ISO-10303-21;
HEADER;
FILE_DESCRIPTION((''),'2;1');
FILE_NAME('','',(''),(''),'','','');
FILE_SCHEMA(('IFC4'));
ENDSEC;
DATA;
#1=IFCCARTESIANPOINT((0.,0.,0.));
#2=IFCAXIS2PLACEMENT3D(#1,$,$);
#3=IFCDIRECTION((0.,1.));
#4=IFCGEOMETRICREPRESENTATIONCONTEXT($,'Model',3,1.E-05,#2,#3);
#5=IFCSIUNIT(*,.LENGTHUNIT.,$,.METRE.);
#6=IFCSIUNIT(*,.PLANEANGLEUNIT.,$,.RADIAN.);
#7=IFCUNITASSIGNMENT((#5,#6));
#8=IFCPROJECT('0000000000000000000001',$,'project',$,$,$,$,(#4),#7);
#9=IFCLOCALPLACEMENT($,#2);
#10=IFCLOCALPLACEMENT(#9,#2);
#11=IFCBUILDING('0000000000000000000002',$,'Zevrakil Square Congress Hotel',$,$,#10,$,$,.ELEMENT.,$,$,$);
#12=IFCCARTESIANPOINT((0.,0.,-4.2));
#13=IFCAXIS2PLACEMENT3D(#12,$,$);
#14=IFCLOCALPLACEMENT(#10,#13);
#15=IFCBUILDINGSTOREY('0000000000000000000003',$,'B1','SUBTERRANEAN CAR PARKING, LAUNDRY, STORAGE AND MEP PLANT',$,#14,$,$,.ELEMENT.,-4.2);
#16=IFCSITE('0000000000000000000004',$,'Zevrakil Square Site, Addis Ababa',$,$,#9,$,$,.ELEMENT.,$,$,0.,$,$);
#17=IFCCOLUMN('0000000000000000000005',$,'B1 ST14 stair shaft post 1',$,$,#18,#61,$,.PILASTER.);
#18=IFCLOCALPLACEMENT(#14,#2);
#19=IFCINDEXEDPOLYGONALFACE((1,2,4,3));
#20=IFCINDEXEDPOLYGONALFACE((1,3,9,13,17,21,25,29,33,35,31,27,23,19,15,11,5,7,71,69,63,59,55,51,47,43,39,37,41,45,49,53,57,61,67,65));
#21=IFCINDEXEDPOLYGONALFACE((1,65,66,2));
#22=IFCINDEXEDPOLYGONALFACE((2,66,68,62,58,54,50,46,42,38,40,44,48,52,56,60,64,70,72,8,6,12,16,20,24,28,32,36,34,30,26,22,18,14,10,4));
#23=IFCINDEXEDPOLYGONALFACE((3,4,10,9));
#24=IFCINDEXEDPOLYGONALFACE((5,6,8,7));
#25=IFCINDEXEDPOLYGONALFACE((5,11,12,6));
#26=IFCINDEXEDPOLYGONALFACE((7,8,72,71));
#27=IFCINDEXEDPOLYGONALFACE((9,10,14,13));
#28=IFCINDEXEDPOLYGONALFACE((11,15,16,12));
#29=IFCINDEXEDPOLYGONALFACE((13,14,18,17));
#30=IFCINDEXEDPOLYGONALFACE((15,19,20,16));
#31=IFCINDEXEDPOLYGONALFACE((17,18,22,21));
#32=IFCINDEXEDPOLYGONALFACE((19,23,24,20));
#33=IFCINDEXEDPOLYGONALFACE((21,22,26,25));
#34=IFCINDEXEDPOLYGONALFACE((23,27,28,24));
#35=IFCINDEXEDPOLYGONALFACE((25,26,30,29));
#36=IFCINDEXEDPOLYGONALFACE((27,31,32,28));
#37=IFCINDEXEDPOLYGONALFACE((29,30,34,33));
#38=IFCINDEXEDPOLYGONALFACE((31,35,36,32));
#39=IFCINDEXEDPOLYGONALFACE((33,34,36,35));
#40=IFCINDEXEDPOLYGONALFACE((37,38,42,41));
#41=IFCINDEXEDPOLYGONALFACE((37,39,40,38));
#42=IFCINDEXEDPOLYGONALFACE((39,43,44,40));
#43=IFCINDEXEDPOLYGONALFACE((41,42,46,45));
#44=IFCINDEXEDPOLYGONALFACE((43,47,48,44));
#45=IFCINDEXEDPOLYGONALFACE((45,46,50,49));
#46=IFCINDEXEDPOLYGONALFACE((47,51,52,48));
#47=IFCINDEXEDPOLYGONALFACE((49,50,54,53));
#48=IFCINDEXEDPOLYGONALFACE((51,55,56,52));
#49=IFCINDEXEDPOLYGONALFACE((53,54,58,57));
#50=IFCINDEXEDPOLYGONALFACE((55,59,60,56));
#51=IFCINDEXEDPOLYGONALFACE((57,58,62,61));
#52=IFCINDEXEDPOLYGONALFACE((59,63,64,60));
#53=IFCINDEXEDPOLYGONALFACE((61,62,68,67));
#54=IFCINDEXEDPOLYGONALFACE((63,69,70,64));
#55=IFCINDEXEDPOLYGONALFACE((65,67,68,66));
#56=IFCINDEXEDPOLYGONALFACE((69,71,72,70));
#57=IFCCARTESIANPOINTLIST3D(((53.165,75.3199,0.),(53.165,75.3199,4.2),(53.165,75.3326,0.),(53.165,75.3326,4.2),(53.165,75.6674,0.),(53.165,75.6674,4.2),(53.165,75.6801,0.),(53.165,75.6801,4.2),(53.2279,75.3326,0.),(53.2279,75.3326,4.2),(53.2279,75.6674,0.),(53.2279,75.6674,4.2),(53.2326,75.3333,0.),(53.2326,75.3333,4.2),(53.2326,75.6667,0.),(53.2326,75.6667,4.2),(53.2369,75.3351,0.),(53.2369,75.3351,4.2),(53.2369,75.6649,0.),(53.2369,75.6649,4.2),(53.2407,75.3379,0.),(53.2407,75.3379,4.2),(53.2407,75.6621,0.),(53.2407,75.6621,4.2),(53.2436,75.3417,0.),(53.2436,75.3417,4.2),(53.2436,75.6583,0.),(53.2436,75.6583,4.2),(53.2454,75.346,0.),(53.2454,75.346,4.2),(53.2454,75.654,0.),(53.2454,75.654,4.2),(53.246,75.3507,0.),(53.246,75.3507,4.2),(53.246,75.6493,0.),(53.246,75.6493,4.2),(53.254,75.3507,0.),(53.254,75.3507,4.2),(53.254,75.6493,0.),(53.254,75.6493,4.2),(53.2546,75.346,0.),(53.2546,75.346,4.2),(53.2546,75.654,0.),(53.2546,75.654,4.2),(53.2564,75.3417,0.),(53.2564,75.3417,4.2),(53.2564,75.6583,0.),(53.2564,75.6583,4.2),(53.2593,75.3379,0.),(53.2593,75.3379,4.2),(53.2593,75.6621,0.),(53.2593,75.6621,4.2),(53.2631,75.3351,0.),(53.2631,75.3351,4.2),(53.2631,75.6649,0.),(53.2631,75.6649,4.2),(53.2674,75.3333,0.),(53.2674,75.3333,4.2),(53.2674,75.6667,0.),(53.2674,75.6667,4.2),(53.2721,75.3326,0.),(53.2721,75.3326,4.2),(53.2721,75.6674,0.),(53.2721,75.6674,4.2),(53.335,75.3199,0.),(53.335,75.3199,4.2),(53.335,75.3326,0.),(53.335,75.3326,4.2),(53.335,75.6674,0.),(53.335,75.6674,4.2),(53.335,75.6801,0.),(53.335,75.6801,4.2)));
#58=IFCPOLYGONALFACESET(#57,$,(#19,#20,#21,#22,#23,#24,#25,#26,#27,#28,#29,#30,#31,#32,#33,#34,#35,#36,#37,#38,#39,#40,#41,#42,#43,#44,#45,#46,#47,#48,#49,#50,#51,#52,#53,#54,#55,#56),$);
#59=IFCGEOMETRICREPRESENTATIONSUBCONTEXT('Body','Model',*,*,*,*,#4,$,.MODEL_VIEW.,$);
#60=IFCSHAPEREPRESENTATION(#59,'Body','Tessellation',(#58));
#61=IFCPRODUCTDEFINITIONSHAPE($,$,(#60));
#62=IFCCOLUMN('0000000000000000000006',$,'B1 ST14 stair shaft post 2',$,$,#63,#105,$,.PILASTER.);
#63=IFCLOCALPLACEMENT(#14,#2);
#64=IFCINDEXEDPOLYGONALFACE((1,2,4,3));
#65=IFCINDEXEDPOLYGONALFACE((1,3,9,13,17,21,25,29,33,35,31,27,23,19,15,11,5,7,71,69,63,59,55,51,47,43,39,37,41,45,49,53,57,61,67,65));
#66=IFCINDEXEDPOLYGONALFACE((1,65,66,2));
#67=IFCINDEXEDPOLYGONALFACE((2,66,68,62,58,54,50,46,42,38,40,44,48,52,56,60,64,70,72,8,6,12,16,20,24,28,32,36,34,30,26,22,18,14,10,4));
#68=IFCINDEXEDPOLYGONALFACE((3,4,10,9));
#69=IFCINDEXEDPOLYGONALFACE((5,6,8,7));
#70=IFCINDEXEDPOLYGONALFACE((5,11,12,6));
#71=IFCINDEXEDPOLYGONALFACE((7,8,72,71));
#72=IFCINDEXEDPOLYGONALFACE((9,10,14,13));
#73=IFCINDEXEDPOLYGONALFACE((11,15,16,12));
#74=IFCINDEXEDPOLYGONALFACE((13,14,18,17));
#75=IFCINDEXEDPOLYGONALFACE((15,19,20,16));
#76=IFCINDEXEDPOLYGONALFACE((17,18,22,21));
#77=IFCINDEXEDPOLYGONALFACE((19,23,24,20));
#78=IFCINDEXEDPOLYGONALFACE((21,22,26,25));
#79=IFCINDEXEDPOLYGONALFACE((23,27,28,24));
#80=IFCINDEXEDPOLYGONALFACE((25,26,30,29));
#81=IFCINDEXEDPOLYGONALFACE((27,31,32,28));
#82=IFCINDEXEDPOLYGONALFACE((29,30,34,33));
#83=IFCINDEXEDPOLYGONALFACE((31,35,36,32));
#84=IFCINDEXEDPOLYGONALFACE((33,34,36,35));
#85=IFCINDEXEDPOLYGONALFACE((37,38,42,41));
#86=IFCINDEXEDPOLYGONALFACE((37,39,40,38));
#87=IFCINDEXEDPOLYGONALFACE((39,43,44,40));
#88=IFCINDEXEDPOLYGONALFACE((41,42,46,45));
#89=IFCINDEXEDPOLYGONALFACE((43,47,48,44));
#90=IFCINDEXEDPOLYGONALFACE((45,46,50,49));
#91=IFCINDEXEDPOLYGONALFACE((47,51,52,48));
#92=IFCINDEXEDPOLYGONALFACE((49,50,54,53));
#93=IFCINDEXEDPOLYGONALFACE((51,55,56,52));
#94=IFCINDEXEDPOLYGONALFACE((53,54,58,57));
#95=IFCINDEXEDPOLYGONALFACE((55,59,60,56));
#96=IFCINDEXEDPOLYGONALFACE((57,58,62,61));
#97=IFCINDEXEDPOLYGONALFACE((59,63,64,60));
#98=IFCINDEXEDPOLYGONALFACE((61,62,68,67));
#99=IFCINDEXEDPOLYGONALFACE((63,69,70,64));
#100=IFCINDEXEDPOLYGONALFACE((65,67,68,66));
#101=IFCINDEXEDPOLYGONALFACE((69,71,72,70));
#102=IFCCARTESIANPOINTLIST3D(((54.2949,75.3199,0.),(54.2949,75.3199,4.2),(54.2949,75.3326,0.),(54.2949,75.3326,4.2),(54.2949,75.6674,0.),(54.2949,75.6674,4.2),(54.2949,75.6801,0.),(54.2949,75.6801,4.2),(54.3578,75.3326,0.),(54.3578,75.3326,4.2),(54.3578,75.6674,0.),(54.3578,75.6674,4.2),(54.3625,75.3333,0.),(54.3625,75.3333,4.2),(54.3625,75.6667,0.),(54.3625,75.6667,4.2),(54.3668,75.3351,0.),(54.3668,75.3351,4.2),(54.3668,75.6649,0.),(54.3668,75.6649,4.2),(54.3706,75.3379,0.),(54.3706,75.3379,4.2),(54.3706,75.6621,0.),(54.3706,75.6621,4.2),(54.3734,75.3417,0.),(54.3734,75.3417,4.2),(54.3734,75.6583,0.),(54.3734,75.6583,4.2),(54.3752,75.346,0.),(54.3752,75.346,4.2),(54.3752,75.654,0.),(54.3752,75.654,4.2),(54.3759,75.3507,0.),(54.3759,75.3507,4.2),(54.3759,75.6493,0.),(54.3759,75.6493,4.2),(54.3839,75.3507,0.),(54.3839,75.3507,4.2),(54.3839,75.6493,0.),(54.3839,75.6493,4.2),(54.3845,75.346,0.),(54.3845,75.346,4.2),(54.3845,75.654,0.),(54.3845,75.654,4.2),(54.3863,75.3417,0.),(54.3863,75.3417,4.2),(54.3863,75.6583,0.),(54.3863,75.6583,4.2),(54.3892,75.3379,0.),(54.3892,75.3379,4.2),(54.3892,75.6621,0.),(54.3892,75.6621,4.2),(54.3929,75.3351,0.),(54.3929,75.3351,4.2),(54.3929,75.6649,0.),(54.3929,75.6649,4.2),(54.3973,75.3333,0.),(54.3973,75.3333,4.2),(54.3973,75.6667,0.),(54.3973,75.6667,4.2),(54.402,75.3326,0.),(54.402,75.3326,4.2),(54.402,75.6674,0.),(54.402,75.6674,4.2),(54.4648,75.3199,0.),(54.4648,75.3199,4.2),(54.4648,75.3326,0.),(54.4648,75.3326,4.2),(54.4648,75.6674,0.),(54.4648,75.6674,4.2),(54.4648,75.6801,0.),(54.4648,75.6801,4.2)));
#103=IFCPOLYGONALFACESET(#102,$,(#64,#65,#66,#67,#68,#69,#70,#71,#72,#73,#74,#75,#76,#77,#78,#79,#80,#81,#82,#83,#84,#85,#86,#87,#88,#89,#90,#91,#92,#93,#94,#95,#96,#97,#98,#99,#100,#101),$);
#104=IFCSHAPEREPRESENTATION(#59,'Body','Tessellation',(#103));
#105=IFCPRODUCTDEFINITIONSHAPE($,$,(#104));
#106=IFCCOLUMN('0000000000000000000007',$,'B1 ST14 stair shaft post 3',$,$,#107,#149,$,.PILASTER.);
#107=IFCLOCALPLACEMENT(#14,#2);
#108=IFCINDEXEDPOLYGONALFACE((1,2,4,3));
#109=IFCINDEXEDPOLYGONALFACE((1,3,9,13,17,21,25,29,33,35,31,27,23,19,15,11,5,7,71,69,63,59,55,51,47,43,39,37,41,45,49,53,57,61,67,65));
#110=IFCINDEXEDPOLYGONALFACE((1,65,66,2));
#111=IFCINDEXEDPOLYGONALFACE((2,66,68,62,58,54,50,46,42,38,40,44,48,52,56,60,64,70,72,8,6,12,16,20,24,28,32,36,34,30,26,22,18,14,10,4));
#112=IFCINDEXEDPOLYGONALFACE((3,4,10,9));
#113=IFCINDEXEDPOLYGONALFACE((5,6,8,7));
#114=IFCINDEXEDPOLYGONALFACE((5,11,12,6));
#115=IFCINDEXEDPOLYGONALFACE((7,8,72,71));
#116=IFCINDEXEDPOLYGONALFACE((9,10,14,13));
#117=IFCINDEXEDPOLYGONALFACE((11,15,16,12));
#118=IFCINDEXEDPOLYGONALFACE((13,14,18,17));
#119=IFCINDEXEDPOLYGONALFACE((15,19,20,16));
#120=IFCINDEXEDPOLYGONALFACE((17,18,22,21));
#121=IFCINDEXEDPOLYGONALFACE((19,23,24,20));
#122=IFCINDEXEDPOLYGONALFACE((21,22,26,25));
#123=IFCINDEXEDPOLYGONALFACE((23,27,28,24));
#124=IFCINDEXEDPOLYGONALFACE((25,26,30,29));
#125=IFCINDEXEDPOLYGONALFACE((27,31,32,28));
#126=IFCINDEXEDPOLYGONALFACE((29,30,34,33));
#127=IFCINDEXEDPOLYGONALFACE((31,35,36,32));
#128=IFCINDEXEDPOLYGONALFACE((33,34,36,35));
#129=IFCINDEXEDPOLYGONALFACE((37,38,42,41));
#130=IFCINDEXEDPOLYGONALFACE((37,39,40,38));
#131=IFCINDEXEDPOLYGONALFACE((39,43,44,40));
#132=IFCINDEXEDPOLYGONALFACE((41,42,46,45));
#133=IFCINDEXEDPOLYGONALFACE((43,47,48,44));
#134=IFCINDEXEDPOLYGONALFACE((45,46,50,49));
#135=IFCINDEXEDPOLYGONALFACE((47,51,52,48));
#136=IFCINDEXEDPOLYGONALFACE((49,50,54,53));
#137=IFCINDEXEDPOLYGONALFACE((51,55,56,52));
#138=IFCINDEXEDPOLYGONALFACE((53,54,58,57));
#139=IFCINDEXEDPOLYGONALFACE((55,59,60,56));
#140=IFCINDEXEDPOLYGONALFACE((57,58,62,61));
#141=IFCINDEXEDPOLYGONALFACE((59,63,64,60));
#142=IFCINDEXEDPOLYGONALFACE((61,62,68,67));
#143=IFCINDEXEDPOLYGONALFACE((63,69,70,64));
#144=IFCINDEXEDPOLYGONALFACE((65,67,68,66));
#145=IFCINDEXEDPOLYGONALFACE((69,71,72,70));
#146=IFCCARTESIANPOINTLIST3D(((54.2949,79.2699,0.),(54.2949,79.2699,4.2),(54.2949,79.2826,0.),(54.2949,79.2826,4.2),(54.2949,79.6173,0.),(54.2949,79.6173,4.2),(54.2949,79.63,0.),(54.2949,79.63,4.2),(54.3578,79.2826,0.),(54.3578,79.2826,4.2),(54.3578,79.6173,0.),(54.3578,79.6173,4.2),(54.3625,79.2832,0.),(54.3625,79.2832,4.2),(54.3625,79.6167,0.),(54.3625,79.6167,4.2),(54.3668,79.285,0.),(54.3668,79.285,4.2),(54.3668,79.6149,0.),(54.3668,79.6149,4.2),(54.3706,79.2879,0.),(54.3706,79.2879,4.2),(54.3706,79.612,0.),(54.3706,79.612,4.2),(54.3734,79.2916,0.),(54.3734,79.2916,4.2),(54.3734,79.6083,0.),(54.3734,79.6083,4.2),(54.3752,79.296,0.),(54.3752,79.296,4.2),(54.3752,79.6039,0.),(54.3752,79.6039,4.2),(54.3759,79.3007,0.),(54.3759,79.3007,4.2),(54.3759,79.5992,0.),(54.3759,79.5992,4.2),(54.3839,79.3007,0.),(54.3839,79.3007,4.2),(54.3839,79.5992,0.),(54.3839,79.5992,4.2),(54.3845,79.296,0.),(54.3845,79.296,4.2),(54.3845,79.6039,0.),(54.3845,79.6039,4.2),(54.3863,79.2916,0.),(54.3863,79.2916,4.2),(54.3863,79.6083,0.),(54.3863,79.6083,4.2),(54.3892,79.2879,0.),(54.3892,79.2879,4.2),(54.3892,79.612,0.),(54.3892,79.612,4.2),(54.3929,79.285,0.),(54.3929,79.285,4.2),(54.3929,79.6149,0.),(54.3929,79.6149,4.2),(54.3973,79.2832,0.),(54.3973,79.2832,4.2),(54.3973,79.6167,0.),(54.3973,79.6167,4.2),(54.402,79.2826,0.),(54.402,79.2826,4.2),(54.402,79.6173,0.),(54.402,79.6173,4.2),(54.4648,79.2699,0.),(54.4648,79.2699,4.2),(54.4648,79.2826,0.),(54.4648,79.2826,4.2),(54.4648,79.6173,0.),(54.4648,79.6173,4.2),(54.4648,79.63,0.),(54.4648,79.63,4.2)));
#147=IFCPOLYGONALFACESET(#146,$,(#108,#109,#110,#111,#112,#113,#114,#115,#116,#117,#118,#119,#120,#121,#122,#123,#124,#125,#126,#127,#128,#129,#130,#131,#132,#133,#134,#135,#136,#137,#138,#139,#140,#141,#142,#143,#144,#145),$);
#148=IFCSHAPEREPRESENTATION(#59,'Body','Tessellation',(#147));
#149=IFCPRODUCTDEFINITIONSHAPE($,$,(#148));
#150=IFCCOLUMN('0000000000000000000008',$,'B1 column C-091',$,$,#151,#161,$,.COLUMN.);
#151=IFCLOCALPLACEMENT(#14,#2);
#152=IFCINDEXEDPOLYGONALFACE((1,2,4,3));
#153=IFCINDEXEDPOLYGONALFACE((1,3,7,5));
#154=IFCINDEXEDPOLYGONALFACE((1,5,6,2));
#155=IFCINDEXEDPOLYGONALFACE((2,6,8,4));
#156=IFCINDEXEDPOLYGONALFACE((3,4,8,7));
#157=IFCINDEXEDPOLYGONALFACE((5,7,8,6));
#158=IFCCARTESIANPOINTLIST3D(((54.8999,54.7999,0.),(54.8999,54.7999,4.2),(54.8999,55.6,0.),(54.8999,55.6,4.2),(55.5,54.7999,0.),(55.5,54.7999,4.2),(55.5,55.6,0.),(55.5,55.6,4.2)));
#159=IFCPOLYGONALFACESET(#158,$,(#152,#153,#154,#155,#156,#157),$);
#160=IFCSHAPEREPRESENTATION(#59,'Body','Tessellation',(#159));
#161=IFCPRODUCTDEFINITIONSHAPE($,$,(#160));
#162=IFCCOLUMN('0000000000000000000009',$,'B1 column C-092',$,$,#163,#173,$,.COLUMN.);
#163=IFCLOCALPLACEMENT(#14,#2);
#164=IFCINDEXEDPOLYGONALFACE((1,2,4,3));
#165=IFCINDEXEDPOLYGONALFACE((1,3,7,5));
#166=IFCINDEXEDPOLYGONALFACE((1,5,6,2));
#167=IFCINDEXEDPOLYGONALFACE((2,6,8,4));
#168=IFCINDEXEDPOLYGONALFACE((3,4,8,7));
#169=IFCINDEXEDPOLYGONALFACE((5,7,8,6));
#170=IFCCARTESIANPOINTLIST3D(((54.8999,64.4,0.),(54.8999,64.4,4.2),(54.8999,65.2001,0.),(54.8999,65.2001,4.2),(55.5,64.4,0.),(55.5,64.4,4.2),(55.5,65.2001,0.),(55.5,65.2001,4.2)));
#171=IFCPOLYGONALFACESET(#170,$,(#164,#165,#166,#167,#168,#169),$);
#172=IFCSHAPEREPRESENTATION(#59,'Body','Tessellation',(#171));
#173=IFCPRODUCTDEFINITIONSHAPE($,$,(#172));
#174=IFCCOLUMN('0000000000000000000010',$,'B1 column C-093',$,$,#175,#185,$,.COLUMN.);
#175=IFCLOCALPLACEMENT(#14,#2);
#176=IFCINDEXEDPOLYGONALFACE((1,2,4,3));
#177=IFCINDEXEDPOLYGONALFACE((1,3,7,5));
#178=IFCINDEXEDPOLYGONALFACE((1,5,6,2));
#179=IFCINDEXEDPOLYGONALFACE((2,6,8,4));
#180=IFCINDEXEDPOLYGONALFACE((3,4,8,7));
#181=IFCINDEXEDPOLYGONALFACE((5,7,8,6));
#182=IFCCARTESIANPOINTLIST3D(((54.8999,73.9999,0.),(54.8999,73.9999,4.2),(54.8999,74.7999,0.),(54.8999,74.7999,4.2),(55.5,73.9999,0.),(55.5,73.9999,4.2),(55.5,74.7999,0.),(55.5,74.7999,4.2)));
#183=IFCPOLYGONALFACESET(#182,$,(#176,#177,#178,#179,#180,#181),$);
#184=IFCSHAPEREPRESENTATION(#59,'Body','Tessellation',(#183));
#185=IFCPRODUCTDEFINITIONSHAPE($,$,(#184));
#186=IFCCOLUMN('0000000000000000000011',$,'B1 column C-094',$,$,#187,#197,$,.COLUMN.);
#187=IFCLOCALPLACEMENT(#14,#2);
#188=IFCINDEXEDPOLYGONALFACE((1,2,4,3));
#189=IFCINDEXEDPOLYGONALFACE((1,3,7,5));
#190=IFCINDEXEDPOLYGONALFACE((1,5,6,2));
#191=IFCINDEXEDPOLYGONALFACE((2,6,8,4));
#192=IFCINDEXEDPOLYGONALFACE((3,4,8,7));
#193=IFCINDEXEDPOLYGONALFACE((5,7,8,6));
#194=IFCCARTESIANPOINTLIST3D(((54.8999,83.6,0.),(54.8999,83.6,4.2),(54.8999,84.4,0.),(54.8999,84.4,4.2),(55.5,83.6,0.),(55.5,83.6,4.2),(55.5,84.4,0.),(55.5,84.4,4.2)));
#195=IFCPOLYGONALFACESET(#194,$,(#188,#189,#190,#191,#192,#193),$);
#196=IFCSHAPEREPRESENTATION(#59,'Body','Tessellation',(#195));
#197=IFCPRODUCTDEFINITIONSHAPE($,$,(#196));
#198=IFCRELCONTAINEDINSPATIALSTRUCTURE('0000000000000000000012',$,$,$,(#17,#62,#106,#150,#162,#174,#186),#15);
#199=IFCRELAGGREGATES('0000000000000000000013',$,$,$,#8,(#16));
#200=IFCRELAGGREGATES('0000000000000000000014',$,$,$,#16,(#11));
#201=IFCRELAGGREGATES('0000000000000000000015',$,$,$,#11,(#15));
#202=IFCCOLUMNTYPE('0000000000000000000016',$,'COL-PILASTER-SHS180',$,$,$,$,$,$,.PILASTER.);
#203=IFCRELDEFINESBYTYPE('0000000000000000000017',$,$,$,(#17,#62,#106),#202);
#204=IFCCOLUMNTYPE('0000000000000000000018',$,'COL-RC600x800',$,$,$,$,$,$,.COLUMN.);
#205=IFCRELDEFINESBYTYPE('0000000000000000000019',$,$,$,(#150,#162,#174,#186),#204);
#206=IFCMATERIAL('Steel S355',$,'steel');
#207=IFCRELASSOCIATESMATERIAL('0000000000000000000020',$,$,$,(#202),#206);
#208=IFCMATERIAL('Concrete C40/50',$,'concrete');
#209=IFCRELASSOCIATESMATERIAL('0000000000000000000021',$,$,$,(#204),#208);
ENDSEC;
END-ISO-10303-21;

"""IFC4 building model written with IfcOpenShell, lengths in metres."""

from ifc_helpers import new_model, si_unit, direction, frame, origin, origin_2d, place, context, subcontext, project, spatial, rectangle, i_section, extrude, material, material_profile, profile_set, type_object, element, save


model = new_model("IFC4")

# Units and contexts
model_context = context("Model", 3, precision=1e-05, world=origin(), true_north=direction((0.0, 1.0)))
body_context = subcontext(model_context, "Body", "Model", "MODEL_VIEW")
ifc_project = project(units=[si_unit("LENGTHUNIT", "METRE"), si_unit("PLANEANGLEUNIT", "RADIAN")], contexts=[model_context])

# Site, building, storey
site_placement = place(None, origin())
site = spatial("IfcSite", under=ifc_project, at=site_placement, Name="Zevrakil Square Site, Addis Ababa", CompositionType="ELEMENT", RefElevation=0.0)
building_placement = place(site_placement, origin())
building = spatial("IfcBuilding", under=site, at=building_placement, Name="Zevrakil Square Congress Hotel", CompositionType="ELEMENT")
storey_placement = place(building_placement, frame((0.0, 0.0, -4.2)))
storey = spatial("IfcBuildingStorey", under=building, at=storey_placement, Name="B1", Description="SUBTERRANEAN CAR PARKING, LAUNDRY, STORAGE AND MEP PLANT", CompositionType="ELEMENT", Elevation=-4.2)

# Columns
ifc_material_1 = material(Name="Steel S355", Category="steel")
ifc_material_profile_1 = material_profile(ifc_material_1, i_section(OverallWidth=0.1699, OverallDepth=0.3601, WebThickness=0.0081, FlangeThickness=0.0127, FilletRadius=0.0181, at=origin_2d()), Name="IPE 360")
ifc_profile_set_1 = profile_set([ifc_material_profile_1], Name="Steel S355")
column_type_1 = type_object("IfcColumnType", Name="COL-PILASTER-SHS180", PredefinedType="PILASTER", material=ifc_profile_set_1)
for number, where, z_axis, x_axis, name in (
    (1, (53.25, 75.5, 0.0), (0.0, 0.0, 1.0), (1.0, 0.0, 0.0), "B1 ST14 stair shaft post 1"),
    (2, (54.3799, 75.5, 0.0), (0.0, 0.0, 1.0), (1.0, 0.0, 0.0), "B1 ST14 stair shaft post 2"),
    (3, (54.3799, 79.45, 0.0), (0.0, 0.0, 1.0), (1.0, 0.0, 0.0), "B1 ST14 stair shaft post 3"),
):
    element("IfcColumn", number, at=place(storey_placement, frame(where, z_axis=z_axis, x_axis=x_axis)), inside=storey, type_object=column_type_1, Name=name, PredefinedType="PILASTER", context=body_context, shape_type="SweptSolid", body=[
        extrude(i_section(OverallWidth=0.1699, OverallDepth=0.3601, WebThickness=0.0081, FlangeThickness=0.0127, FilletRadius=0.0181, at=origin_2d()), origin(), (0.0, 0.0, 1.0), 4.2),
    ])
ifc_material_2 = material(Name="Concrete C40/50", Category="concrete")
ifc_material_profile_2 = material_profile(ifc_material_2, rectangle(XDim=0.6001, YDim=0.8, at=origin_2d()), Name="RC 600x800")
ifc_profile_set_2 = profile_set([ifc_material_profile_2], Name="Concrete C40/50")
column_type_2 = type_object("IfcColumnType", Name="COL-RC600x800", PredefinedType="COLUMN", material=ifc_profile_set_2)
for number, where, z_axis, x_axis, name in (
    (4, (55.2, 55.2, 0.0), (0.0, 0.0, 1.0), (1.0, 0.0, 0.0), "B1 column C-091"),
    (5, (55.2, 64.8, 0.0), (0.0, 0.0, 1.0), (1.0, 0.0, 0.0), "B1 column C-092"),
    (6, (55.2, 74.3999, 0.0), (0.0, 0.0, 1.0), (1.0, 0.0, 0.0), "B1 column C-093"),
    (7, (55.2, 84.0, 0.0), (0.0, 0.0, 1.0), (1.0, 0.0, 0.0), "B1 column C-094"),
):
    element("IfcColumn", number, at=place(storey_placement, frame(where, z_axis=z_axis, x_axis=x_axis)), inside=storey, type_object=column_type_2, Name=name, PredefinedType="COLUMN", context=body_context, shape_type="SweptSolid", body=[
        extrude(rectangle(XDim=0.6001, YDim=0.8, at=origin_2d()), origin(), (0.0, 0.0, 1.0), 4.2),
    ])

save(model, "model.ifc")
